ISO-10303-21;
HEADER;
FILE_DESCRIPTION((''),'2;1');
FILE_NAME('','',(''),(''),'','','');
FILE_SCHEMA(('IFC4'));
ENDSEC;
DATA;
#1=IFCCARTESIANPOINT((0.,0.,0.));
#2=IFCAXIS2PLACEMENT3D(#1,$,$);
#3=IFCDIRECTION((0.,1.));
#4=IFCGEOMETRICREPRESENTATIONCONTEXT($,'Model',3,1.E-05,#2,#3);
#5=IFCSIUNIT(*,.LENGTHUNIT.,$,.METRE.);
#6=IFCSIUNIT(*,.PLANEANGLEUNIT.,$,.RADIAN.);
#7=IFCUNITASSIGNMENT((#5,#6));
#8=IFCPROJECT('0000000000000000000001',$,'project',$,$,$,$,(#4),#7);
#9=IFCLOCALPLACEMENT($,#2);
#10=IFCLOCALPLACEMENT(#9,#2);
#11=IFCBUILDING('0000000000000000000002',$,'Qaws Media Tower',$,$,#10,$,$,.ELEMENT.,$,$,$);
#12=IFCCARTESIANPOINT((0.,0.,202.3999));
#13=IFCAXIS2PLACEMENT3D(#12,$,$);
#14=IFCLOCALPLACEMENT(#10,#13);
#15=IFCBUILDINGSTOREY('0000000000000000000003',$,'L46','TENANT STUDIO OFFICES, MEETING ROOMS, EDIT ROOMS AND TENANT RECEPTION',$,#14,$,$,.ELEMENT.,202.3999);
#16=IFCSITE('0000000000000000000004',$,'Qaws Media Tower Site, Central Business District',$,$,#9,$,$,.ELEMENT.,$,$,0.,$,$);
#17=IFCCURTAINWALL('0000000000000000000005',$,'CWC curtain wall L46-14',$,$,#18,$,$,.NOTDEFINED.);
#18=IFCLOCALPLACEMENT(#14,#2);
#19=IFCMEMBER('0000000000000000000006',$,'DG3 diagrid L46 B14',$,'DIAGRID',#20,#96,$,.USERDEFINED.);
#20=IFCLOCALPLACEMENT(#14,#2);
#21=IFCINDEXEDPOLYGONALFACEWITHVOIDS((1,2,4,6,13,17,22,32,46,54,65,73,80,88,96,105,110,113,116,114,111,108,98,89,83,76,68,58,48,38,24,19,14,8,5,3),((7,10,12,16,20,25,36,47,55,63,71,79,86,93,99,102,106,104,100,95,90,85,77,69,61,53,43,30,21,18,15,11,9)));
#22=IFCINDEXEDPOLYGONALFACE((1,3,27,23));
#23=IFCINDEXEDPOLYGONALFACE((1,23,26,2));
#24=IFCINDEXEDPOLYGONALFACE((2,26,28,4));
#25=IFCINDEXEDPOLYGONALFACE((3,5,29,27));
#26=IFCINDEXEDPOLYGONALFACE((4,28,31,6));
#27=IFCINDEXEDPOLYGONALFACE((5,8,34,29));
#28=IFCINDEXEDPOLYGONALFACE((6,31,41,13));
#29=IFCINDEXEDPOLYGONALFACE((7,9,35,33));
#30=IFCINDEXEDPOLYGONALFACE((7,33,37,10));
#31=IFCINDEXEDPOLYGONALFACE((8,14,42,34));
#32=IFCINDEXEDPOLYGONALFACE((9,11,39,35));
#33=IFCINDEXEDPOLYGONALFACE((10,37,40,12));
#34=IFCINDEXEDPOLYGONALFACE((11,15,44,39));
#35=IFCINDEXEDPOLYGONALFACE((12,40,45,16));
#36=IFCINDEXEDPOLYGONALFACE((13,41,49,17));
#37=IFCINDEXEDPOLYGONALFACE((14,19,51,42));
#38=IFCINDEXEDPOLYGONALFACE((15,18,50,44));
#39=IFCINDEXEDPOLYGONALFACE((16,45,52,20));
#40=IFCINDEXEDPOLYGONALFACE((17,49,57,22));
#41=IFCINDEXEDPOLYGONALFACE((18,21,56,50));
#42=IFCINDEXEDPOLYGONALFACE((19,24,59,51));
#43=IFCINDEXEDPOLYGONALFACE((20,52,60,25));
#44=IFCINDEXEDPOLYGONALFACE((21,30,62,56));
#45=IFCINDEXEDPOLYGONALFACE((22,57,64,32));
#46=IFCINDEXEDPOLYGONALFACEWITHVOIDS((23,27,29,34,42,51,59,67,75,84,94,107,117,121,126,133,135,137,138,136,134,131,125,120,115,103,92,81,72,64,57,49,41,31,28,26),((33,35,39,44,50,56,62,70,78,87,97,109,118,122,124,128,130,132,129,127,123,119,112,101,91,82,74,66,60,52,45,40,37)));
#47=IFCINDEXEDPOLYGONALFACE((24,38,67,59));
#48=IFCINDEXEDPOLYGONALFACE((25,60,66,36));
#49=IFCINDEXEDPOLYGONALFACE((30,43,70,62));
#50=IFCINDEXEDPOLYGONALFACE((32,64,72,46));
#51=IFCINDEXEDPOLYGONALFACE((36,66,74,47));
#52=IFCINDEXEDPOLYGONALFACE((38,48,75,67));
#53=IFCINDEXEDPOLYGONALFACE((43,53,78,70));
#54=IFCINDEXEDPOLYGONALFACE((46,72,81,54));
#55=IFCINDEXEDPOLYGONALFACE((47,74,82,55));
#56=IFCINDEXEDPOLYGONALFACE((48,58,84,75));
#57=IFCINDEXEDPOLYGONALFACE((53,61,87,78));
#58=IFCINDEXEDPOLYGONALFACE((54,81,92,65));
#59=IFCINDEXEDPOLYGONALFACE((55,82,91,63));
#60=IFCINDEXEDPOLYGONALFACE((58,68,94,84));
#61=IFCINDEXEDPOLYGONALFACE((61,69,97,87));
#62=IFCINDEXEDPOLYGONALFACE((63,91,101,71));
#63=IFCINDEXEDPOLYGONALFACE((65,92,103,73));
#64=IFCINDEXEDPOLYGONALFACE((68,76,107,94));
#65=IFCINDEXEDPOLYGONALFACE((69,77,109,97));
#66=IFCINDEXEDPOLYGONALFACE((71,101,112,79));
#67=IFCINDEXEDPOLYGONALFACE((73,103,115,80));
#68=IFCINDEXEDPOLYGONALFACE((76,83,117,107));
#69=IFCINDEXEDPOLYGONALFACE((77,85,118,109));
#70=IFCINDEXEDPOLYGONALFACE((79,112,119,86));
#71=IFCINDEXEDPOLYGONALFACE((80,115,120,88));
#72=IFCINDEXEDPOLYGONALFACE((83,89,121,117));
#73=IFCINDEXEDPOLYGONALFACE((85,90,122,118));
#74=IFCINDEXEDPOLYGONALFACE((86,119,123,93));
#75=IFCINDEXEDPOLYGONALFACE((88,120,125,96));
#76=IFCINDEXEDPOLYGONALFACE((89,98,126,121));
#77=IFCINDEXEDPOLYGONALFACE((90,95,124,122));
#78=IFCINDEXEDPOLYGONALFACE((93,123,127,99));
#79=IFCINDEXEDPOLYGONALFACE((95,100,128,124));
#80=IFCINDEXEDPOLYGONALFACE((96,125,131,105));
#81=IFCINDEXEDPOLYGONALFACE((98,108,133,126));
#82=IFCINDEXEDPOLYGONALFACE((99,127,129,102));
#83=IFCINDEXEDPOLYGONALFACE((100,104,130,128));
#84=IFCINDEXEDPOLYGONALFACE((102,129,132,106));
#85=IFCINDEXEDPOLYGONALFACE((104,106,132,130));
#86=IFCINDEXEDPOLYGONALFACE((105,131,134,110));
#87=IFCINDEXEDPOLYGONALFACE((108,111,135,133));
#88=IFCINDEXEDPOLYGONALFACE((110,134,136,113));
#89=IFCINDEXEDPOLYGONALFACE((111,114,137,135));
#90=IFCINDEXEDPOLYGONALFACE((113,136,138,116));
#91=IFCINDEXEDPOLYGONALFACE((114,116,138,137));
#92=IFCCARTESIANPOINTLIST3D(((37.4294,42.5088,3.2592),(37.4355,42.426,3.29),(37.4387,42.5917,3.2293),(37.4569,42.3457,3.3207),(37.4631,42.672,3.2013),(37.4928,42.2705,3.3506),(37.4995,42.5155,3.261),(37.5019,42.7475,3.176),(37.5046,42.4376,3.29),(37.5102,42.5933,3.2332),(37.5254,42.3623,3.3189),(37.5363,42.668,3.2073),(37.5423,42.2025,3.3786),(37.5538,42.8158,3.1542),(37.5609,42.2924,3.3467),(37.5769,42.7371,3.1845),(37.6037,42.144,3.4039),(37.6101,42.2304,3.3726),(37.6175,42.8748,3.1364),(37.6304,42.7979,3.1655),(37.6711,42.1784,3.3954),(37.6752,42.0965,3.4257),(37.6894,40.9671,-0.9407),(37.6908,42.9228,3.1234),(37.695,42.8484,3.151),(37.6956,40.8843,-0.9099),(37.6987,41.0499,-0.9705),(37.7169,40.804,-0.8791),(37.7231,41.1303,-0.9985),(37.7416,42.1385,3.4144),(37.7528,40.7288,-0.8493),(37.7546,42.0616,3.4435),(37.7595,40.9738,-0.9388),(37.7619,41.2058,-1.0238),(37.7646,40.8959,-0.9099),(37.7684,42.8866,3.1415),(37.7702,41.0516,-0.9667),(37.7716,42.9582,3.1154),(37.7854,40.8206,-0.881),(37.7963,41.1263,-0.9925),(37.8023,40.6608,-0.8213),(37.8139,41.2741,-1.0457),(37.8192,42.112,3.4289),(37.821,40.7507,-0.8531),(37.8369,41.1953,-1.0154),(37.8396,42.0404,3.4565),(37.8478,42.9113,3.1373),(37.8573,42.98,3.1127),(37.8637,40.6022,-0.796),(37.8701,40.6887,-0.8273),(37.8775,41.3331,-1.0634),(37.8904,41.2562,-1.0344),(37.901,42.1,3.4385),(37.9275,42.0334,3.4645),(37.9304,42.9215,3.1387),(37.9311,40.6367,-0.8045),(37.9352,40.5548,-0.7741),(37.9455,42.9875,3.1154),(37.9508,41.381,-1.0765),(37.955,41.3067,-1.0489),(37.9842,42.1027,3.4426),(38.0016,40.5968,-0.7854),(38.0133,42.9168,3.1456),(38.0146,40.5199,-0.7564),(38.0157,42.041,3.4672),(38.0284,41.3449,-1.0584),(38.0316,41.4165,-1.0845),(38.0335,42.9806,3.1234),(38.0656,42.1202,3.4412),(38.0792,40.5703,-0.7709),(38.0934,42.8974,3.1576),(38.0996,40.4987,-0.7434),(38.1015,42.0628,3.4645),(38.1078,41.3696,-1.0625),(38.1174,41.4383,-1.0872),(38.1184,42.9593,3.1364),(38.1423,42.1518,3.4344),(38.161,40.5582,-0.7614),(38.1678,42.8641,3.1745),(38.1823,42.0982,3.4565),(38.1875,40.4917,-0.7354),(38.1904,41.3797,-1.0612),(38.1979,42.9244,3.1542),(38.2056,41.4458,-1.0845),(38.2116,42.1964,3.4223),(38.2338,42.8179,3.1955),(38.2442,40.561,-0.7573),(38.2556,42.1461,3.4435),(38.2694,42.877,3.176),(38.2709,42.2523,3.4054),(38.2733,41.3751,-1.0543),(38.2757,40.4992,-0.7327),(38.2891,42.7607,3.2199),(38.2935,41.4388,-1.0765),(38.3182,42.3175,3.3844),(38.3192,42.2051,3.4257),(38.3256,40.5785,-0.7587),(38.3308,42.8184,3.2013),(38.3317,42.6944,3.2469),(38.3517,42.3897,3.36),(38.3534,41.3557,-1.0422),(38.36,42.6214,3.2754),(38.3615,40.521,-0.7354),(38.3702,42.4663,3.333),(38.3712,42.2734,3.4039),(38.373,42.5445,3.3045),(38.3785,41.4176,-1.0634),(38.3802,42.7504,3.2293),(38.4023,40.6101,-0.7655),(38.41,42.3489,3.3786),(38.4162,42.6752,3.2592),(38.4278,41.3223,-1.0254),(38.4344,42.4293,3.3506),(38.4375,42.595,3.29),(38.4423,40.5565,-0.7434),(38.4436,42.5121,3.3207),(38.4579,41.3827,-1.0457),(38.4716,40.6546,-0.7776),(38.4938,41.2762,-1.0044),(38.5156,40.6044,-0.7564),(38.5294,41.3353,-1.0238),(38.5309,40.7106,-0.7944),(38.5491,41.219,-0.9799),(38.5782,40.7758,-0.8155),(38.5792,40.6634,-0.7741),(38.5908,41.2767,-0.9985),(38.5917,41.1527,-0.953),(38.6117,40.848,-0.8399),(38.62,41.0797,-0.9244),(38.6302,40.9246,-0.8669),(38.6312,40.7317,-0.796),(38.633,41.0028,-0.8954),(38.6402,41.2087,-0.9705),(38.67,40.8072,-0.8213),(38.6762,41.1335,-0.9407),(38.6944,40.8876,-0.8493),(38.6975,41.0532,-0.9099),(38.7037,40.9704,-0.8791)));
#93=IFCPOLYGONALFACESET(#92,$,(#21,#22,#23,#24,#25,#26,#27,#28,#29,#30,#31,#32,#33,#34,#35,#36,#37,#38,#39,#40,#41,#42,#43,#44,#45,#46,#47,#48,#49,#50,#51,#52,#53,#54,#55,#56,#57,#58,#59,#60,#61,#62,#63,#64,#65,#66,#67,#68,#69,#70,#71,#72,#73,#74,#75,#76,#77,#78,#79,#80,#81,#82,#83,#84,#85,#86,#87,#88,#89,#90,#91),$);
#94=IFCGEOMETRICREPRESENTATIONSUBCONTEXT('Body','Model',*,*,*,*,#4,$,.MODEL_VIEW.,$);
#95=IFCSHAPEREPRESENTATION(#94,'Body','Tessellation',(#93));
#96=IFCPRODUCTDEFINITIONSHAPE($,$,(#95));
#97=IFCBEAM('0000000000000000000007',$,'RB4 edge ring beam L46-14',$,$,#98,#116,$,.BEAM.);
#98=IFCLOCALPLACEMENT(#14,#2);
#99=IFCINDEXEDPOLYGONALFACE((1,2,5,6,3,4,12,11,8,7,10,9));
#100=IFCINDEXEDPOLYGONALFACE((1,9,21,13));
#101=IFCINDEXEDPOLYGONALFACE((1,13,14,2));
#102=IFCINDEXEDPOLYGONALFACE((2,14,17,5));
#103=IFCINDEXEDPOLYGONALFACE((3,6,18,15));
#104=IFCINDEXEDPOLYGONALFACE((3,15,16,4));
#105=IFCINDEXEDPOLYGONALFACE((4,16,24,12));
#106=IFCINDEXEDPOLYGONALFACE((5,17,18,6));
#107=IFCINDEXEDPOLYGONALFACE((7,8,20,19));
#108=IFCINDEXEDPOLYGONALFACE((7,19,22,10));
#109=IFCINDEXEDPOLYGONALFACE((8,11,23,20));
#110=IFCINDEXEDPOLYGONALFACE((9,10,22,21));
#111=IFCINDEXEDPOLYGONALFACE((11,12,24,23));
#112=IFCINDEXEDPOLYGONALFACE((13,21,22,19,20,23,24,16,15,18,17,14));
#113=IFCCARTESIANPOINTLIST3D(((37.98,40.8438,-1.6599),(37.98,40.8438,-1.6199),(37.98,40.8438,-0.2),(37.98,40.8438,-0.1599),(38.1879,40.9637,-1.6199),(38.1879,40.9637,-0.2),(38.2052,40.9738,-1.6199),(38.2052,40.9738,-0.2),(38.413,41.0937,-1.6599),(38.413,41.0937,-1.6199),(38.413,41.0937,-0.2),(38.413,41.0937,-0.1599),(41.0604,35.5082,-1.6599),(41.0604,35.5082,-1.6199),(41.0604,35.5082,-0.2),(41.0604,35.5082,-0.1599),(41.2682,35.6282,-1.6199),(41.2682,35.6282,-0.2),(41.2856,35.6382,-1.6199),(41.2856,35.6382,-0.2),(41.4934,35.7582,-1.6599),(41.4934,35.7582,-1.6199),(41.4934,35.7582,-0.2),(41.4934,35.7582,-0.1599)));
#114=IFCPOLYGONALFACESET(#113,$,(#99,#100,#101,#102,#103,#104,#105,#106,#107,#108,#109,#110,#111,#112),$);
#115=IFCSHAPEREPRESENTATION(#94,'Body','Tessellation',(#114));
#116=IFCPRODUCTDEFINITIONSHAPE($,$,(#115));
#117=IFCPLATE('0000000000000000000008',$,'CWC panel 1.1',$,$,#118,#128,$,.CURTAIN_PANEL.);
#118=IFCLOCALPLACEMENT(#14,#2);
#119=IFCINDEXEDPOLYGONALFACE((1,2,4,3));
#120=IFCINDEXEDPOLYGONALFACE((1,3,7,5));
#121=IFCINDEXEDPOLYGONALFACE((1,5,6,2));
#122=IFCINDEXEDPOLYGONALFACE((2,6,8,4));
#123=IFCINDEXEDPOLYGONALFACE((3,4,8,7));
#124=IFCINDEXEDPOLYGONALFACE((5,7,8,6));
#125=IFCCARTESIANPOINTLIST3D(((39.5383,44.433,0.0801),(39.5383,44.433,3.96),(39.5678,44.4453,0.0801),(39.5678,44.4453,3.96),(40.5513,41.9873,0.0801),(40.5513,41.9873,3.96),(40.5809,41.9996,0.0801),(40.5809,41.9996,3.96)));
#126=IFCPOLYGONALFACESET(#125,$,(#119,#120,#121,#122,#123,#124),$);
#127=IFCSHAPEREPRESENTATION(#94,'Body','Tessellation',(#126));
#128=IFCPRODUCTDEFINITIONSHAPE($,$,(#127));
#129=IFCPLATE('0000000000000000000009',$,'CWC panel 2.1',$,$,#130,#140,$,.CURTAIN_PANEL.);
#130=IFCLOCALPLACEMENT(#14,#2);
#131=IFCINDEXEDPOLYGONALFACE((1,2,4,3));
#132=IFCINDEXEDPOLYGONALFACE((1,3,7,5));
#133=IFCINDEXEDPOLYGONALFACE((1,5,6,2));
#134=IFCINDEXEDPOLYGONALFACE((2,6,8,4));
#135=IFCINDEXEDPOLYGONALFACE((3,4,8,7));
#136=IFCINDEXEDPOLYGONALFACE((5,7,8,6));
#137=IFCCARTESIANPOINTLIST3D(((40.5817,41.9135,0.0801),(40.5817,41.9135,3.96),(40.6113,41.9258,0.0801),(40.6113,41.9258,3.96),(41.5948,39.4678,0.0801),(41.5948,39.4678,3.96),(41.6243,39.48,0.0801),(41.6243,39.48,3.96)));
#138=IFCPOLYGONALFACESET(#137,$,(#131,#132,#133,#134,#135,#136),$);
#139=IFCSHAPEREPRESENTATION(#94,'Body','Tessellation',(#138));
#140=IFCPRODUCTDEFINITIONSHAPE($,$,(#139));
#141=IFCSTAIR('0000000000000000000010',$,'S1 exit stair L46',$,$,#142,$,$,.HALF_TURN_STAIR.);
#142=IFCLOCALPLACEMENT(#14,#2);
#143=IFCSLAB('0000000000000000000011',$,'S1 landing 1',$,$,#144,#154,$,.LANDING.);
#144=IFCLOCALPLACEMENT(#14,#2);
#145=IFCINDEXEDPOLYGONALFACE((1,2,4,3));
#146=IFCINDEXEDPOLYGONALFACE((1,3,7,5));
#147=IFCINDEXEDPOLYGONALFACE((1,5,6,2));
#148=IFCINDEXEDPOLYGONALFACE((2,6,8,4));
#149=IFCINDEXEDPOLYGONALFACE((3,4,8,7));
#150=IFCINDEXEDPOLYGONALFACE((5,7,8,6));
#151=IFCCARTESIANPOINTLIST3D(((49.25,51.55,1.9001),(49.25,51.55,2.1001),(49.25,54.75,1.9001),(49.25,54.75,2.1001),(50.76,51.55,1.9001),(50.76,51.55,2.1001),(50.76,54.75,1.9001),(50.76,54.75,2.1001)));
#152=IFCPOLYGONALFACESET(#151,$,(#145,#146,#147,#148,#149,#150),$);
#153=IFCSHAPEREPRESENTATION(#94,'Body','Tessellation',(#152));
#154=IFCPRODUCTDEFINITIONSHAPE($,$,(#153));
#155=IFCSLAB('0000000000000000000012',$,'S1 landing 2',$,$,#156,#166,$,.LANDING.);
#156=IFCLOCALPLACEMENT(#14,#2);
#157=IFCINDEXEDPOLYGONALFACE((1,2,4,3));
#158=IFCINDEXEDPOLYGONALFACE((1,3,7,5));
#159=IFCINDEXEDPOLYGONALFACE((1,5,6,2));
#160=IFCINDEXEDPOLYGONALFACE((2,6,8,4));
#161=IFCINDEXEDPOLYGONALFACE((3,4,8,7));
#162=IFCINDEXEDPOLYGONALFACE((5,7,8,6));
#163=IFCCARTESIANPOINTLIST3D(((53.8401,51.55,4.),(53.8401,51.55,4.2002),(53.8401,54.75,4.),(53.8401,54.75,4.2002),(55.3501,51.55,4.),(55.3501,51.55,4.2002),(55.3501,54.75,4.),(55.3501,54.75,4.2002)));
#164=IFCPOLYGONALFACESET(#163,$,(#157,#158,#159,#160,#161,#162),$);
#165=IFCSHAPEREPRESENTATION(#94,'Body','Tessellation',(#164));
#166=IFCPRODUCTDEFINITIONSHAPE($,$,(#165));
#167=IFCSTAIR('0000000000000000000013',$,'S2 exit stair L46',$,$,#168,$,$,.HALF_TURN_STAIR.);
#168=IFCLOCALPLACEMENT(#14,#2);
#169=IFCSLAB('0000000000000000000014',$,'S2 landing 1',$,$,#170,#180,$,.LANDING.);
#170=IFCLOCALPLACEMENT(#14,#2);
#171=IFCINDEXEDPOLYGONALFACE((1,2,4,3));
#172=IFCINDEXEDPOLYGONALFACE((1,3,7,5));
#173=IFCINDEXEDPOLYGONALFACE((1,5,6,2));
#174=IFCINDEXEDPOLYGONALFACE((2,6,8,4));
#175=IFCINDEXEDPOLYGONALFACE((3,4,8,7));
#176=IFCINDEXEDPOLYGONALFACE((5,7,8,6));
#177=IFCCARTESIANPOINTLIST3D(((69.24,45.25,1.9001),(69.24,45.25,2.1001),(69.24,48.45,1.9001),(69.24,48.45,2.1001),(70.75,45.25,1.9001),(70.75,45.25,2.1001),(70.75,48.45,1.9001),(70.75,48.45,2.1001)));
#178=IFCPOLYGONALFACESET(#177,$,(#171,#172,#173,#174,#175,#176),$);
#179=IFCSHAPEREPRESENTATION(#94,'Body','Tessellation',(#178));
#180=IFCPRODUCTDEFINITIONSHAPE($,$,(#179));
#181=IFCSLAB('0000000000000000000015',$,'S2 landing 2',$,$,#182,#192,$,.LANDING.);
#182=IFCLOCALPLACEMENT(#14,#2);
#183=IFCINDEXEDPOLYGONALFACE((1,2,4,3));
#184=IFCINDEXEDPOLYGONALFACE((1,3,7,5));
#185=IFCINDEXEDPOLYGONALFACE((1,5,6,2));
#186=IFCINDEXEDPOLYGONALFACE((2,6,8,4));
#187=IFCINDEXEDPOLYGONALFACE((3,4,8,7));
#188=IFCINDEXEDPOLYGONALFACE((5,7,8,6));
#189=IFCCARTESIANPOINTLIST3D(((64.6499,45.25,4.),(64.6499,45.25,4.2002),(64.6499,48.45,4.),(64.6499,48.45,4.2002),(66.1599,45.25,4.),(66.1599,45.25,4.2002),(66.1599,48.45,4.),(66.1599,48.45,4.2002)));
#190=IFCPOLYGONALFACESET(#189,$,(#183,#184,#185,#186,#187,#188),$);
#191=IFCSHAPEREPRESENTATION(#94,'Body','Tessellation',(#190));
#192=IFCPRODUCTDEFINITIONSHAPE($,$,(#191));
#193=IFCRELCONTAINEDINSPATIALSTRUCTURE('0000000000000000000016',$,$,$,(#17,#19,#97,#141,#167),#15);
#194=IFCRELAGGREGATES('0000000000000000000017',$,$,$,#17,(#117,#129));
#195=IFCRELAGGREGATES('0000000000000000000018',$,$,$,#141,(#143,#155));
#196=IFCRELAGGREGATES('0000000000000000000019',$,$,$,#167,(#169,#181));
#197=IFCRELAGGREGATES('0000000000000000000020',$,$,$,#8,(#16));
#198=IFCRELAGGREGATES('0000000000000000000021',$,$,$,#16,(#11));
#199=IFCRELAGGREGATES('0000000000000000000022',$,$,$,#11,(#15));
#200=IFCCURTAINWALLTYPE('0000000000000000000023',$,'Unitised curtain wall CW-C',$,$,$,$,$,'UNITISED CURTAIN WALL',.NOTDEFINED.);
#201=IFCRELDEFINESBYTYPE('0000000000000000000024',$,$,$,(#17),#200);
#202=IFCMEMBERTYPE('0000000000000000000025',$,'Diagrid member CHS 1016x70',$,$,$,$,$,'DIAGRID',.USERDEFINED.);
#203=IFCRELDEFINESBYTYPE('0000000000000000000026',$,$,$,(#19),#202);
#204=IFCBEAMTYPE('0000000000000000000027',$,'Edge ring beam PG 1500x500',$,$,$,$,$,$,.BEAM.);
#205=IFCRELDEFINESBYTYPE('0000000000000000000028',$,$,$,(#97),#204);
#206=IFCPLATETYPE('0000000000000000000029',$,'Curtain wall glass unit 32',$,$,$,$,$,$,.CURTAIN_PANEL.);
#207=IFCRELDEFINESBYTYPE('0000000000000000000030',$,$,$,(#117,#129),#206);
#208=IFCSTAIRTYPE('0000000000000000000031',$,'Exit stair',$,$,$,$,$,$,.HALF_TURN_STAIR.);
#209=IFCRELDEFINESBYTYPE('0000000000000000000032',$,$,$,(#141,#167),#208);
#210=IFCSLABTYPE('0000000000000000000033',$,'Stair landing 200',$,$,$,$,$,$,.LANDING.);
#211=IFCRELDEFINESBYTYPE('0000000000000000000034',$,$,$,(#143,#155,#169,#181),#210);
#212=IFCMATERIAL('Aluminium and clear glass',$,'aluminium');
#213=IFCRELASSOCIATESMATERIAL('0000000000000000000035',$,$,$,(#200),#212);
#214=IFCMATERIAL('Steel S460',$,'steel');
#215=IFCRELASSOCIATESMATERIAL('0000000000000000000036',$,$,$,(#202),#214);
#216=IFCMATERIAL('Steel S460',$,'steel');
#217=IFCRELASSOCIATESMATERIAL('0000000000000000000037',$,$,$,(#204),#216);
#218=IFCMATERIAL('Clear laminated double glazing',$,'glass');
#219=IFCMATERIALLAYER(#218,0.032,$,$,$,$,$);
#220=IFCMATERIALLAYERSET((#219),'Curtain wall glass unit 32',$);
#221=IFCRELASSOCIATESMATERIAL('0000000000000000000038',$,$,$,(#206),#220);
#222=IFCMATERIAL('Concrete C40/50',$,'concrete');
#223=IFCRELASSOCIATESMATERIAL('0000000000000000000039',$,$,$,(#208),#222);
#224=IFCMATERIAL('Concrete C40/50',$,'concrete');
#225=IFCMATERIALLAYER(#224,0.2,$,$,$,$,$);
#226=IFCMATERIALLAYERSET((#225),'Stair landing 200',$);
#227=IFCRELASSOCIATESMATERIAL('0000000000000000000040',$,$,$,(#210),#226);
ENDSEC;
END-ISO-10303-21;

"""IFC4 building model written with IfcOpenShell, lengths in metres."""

from ifc_helpers import new_model, si_unit, direction, frame, origin, origin_2d, place, context, subcontext, project, spatial, polyline, rectangle, hollow_circle, i_section, outline, extrude, material, layer, layer_set, material_profile, profile_set, type_object, element, aggregate, save


model = new_model("IFC4")

# Units and contexts
model_context = context("Model", 3, precision=1e-05, world=origin(), true_north=direction((0.0, 1.0)))
body_context = subcontext(model_context, "Body", "Model", "MODEL_VIEW")
ifc_project = project(units=[si_unit("LENGTHUNIT", "METRE"), si_unit("PLANEANGLEUNIT", "RADIAN")], contexts=[model_context])

# Site, building, storey
site_placement = place(None, origin())
site = spatial("IfcSite", under=ifc_project, at=site_placement, Name="Qaws Media Tower Site, Central Business District", CompositionType="ELEMENT", RefElevation=0.0)
building_placement = place(site_placement, origin())
building = spatial("IfcBuilding", under=site, at=building_placement, Name="Qaws Media Tower", CompositionType="ELEMENT")
storey_placement = place(building_placement, frame((0.0, 0.0, 202.3999)))
storey = spatial("IfcBuildingStorey", under=building, at=storey_placement, Name="L46", Description="TENANT STUDIO OFFICES, MEETING ROOMS, EDIT ROOMS AND TENANT RECEPTION", CompositionType="ELEMENT", Elevation=202.3999)

# Curtain wall
ifc_material_1 = material(Name="Aluminium and clear glass", Category="aluminium")
curtain_wall_type = type_object("IfcCurtainWallType", Name="Unitised curtain wall CW-C", ElementType="UNITISED CURTAIN WALL", PredefinedType="NOTDEFINED", material=ifc_material_1)
curtain_wall_placement = place(storey_placement, origin())
curtain_wall = element("IfcCurtainWall", 1, at=curtain_wall_placement, inside=storey, type_object=curtain_wall_type, Name="CWC curtain wall L46-14", PredefinedType="NOTDEFINED")

# Member
ifc_material_2 = material(Name="Steel S460", Category="steel")
ifc_material_profile_1 = material_profile(ifc_material_2, hollow_circle(Radius=0.5081, WallThickness=0.0701, at=origin_2d()), Name="CHS 1016x70")
ifc_profile_set_1 = profile_set([ifc_material_profile_1], Name="Steel S460")
member_type_1 = type_object("IfcMemberType", Name="Diagrid member CHS 1016x70", ElementType="DIAGRID", PredefinedType="USERDEFINED", material=ifc_profile_set_1)
for number, where, z_axis, x_axis, name in (
    (2, (38.1965, 40.9688, -0.9099), (-0.058018, 0.344022, 0.937167), (-0.986076, -0.166298, 0.0), "DG3 diagrid L46 B14"),
):
    element("IfcMember", number, at=place(storey_placement, frame(where, z_axis=z_axis, x_axis=x_axis)), inside=storey, type_object=member_type_1, Name=name, ObjectType="DIAGRID", PredefinedType="USERDEFINED", context=body_context, shape_type="SweptSolid", body=[
        extrude(hollow_circle(Radius=0.5081, WallThickness=0.0701, at=origin_2d()), origin(), (0.0, 0.0, 1.0), 4.4814),
    ])

# Beam
ifc_material_3 = material(Name="Steel S460", Category="steel")
ifc_material_profile_2 = material_profile(ifc_material_3, i_section(OverallWidth=0.5, OverallDepth=1.5, WebThickness=0.02, FlangeThickness=0.04, at=origin_2d()), Name="PG 1500x500")
ifc_profile_set_2 = profile_set([ifc_material_profile_2], Name="Steel S460")
beam_type = type_object("IfcBeamType", Name="Edge ring beam PG 1500x500", PredefinedType="BEAM", material=ifc_profile_set_2)
beam_placement = place(storey_placement, frame((38.1965, 40.9688, -0.9099), z_axis=(0.499988, -0.866032, 0.0), x_axis=(0.866032, 0.499988, 0.0)))
element("IfcBeam", 3, at=beam_placement, inside=storey, type_object=beam_type, Name="RB4 edge ring beam L46-14", PredefinedType="BEAM", context=body_context, shape_type="SweptSolid", body=[
    extrude(i_section(OverallWidth=0.5, OverallDepth=1.5, WebThickness=0.02, FlangeThickness=0.04, at=origin_2d()), origin(), (0.0, 0.0, 1.0), 6.1609),
])

# Plates
ifc_material_4 = material(Name="Clear laminated double glazing", Category="glass")
ifc_layer_1 = layer(ifc_material_4, 0.032)
ifc_layer_set_1 = layer_set([ifc_layer_1], Name="Curtain wall glass unit 32")
plate_type = type_object("IfcPlateType", Name="Curtain wall glass unit 32", PredefinedType="CURTAIN_PANEL", material=ifc_layer_set_1)
plate_1_placement = place(storey_placement, frame((40.0596, 43.2163, 0.0801), z_axis=(0.0, 0.0, 1.0), x_axis=(0.382683, -0.92388, 0.0)))
plate_1 = element("IfcPlate", 4, at=plate_1_placement, type_object=plate_type, Name="CWC panel 1.1", PredefinedType="CURTAIN_PANEL", context=body_context, shape_type="SweptSolid", body=[
    extrude(rectangle(XDim=2.6472, YDim=0.032, at=origin_2d()), origin(), (0.0, 0.0, 1.0), 3.8799),
])
plate_2_placement = place(storey_placement, frame((41.103, 40.6968, 0.0801), z_axis=(0.0, 0.0, 1.0), x_axis=(0.382683, -0.92388, 0.0)))
plate_2 = element("IfcPlate", 5, at=plate_2_placement, type_object=plate_type, Name="CWC panel 2.1", PredefinedType="CURTAIN_PANEL", context=body_context, shape_type="SweptSolid", body=[
    extrude(rectangle(XDim=2.6472, YDim=0.032, at=origin_2d()), origin(), (0.0, 0.0, 1.0), 3.8799),
])
aggregate(curtain_wall, [plate_1, plate_2])

# Stairs, slabs
ifc_material_5 = material(Name="Concrete C40/50", Category="concrete")
stair_type = type_object("IfcStairType", Name="Exit stair", PredefinedType="HALF_TURN_STAIR", material=ifc_material_5)
stair_1_placement = place(storey_placement, origin())
stair_1 = element("IfcStair", 6, at=stair_1_placement, inside=storey, type_object=stair_type, Name="S1 exit stair L46", PredefinedType="HALF_TURN_STAIR")
ifc_material_6 = material(Name="Concrete C40/50", Category="concrete")
ifc_layer_2 = layer(ifc_material_6, 0.2)
ifc_layer_set_2 = layer_set([ifc_layer_2], Name="Stair landing 200")
slab_type = type_object("IfcSlabType", Name="Stair landing 200", PredefinedType="LANDING", material=ifc_layer_set_2)
slab_1_placement = place(storey_placement, frame((0.0, 0.0, 1.9001)))
slab_1 = element("IfcSlab", 7, at=slab_1_placement, type_object=slab_type, Name="S1 landing 1", PredefinedType="LANDING", context=body_context, shape_type="SweptSolid", body=[
    extrude(outline(polyline([(49.25, 51.55), (50.76, 51.55), (50.76, 54.75), (49.25, 54.75), (49.25, 51.55)])), origin(), (0.0, 0.0, 1.0), 0.2),
])
slab_2_placement = place(storey_placement, frame((0.0, 0.0, 4.0)))
slab_2 = element("IfcSlab", 8, at=slab_2_placement, type_object=slab_type, Name="S1 landing 2", PredefinedType="LANDING", context=body_context, shape_type="SweptSolid", body=[
    extrude(outline(polyline([(53.8401, 51.55), (55.3501, 51.55), (55.3501, 54.75), (53.8401, 54.75), (53.8401, 51.55)])), origin(), (0.0, 0.0, 1.0), 0.2002),
])
aggregate(stair_1, [slab_1, slab_2])
stair_2_placement = place(storey_placement, origin())
stair_2 = element("IfcStair", 9, at=stair_2_placement, inside=storey, type_object=stair_type, Name="S2 exit stair L46", PredefinedType="HALF_TURN_STAIR")
slab_3_placement = place(storey_placement, frame((0.0, 0.0, 1.9001)))
slab_3 = element("IfcSlab", 10, at=slab_3_placement, type_object=slab_type, Name="S2 landing 1", PredefinedType="LANDING", context=body_context, shape_type="SweptSolid", body=[
    extrude(outline(polyline([(69.24, 45.25), (70.75, 45.25), (70.75, 48.45), (69.24, 48.45), (69.24, 45.25)])), origin(), (0.0, 0.0, 1.0), 0.2),
])
slab_4_placement = place(storey_placement, frame((0.0, 0.0, 4.0)))
slab_4 = element("IfcSlab", 11, at=slab_4_placement, type_object=slab_type, Name="S2 landing 2", PredefinedType="LANDING", context=body_context, shape_type="SweptSolid", body=[
    extrude(outline(polyline([(64.6499, 45.25), (66.1599, 45.25), (66.1599, 48.45), (64.6499, 48.45), (64.6499, 45.25)])), origin(), (0.0, 0.0, 1.0), 0.2002),
])
aggregate(stair_2, [slab_3, slab_4])

save(model, "model.ifc")
